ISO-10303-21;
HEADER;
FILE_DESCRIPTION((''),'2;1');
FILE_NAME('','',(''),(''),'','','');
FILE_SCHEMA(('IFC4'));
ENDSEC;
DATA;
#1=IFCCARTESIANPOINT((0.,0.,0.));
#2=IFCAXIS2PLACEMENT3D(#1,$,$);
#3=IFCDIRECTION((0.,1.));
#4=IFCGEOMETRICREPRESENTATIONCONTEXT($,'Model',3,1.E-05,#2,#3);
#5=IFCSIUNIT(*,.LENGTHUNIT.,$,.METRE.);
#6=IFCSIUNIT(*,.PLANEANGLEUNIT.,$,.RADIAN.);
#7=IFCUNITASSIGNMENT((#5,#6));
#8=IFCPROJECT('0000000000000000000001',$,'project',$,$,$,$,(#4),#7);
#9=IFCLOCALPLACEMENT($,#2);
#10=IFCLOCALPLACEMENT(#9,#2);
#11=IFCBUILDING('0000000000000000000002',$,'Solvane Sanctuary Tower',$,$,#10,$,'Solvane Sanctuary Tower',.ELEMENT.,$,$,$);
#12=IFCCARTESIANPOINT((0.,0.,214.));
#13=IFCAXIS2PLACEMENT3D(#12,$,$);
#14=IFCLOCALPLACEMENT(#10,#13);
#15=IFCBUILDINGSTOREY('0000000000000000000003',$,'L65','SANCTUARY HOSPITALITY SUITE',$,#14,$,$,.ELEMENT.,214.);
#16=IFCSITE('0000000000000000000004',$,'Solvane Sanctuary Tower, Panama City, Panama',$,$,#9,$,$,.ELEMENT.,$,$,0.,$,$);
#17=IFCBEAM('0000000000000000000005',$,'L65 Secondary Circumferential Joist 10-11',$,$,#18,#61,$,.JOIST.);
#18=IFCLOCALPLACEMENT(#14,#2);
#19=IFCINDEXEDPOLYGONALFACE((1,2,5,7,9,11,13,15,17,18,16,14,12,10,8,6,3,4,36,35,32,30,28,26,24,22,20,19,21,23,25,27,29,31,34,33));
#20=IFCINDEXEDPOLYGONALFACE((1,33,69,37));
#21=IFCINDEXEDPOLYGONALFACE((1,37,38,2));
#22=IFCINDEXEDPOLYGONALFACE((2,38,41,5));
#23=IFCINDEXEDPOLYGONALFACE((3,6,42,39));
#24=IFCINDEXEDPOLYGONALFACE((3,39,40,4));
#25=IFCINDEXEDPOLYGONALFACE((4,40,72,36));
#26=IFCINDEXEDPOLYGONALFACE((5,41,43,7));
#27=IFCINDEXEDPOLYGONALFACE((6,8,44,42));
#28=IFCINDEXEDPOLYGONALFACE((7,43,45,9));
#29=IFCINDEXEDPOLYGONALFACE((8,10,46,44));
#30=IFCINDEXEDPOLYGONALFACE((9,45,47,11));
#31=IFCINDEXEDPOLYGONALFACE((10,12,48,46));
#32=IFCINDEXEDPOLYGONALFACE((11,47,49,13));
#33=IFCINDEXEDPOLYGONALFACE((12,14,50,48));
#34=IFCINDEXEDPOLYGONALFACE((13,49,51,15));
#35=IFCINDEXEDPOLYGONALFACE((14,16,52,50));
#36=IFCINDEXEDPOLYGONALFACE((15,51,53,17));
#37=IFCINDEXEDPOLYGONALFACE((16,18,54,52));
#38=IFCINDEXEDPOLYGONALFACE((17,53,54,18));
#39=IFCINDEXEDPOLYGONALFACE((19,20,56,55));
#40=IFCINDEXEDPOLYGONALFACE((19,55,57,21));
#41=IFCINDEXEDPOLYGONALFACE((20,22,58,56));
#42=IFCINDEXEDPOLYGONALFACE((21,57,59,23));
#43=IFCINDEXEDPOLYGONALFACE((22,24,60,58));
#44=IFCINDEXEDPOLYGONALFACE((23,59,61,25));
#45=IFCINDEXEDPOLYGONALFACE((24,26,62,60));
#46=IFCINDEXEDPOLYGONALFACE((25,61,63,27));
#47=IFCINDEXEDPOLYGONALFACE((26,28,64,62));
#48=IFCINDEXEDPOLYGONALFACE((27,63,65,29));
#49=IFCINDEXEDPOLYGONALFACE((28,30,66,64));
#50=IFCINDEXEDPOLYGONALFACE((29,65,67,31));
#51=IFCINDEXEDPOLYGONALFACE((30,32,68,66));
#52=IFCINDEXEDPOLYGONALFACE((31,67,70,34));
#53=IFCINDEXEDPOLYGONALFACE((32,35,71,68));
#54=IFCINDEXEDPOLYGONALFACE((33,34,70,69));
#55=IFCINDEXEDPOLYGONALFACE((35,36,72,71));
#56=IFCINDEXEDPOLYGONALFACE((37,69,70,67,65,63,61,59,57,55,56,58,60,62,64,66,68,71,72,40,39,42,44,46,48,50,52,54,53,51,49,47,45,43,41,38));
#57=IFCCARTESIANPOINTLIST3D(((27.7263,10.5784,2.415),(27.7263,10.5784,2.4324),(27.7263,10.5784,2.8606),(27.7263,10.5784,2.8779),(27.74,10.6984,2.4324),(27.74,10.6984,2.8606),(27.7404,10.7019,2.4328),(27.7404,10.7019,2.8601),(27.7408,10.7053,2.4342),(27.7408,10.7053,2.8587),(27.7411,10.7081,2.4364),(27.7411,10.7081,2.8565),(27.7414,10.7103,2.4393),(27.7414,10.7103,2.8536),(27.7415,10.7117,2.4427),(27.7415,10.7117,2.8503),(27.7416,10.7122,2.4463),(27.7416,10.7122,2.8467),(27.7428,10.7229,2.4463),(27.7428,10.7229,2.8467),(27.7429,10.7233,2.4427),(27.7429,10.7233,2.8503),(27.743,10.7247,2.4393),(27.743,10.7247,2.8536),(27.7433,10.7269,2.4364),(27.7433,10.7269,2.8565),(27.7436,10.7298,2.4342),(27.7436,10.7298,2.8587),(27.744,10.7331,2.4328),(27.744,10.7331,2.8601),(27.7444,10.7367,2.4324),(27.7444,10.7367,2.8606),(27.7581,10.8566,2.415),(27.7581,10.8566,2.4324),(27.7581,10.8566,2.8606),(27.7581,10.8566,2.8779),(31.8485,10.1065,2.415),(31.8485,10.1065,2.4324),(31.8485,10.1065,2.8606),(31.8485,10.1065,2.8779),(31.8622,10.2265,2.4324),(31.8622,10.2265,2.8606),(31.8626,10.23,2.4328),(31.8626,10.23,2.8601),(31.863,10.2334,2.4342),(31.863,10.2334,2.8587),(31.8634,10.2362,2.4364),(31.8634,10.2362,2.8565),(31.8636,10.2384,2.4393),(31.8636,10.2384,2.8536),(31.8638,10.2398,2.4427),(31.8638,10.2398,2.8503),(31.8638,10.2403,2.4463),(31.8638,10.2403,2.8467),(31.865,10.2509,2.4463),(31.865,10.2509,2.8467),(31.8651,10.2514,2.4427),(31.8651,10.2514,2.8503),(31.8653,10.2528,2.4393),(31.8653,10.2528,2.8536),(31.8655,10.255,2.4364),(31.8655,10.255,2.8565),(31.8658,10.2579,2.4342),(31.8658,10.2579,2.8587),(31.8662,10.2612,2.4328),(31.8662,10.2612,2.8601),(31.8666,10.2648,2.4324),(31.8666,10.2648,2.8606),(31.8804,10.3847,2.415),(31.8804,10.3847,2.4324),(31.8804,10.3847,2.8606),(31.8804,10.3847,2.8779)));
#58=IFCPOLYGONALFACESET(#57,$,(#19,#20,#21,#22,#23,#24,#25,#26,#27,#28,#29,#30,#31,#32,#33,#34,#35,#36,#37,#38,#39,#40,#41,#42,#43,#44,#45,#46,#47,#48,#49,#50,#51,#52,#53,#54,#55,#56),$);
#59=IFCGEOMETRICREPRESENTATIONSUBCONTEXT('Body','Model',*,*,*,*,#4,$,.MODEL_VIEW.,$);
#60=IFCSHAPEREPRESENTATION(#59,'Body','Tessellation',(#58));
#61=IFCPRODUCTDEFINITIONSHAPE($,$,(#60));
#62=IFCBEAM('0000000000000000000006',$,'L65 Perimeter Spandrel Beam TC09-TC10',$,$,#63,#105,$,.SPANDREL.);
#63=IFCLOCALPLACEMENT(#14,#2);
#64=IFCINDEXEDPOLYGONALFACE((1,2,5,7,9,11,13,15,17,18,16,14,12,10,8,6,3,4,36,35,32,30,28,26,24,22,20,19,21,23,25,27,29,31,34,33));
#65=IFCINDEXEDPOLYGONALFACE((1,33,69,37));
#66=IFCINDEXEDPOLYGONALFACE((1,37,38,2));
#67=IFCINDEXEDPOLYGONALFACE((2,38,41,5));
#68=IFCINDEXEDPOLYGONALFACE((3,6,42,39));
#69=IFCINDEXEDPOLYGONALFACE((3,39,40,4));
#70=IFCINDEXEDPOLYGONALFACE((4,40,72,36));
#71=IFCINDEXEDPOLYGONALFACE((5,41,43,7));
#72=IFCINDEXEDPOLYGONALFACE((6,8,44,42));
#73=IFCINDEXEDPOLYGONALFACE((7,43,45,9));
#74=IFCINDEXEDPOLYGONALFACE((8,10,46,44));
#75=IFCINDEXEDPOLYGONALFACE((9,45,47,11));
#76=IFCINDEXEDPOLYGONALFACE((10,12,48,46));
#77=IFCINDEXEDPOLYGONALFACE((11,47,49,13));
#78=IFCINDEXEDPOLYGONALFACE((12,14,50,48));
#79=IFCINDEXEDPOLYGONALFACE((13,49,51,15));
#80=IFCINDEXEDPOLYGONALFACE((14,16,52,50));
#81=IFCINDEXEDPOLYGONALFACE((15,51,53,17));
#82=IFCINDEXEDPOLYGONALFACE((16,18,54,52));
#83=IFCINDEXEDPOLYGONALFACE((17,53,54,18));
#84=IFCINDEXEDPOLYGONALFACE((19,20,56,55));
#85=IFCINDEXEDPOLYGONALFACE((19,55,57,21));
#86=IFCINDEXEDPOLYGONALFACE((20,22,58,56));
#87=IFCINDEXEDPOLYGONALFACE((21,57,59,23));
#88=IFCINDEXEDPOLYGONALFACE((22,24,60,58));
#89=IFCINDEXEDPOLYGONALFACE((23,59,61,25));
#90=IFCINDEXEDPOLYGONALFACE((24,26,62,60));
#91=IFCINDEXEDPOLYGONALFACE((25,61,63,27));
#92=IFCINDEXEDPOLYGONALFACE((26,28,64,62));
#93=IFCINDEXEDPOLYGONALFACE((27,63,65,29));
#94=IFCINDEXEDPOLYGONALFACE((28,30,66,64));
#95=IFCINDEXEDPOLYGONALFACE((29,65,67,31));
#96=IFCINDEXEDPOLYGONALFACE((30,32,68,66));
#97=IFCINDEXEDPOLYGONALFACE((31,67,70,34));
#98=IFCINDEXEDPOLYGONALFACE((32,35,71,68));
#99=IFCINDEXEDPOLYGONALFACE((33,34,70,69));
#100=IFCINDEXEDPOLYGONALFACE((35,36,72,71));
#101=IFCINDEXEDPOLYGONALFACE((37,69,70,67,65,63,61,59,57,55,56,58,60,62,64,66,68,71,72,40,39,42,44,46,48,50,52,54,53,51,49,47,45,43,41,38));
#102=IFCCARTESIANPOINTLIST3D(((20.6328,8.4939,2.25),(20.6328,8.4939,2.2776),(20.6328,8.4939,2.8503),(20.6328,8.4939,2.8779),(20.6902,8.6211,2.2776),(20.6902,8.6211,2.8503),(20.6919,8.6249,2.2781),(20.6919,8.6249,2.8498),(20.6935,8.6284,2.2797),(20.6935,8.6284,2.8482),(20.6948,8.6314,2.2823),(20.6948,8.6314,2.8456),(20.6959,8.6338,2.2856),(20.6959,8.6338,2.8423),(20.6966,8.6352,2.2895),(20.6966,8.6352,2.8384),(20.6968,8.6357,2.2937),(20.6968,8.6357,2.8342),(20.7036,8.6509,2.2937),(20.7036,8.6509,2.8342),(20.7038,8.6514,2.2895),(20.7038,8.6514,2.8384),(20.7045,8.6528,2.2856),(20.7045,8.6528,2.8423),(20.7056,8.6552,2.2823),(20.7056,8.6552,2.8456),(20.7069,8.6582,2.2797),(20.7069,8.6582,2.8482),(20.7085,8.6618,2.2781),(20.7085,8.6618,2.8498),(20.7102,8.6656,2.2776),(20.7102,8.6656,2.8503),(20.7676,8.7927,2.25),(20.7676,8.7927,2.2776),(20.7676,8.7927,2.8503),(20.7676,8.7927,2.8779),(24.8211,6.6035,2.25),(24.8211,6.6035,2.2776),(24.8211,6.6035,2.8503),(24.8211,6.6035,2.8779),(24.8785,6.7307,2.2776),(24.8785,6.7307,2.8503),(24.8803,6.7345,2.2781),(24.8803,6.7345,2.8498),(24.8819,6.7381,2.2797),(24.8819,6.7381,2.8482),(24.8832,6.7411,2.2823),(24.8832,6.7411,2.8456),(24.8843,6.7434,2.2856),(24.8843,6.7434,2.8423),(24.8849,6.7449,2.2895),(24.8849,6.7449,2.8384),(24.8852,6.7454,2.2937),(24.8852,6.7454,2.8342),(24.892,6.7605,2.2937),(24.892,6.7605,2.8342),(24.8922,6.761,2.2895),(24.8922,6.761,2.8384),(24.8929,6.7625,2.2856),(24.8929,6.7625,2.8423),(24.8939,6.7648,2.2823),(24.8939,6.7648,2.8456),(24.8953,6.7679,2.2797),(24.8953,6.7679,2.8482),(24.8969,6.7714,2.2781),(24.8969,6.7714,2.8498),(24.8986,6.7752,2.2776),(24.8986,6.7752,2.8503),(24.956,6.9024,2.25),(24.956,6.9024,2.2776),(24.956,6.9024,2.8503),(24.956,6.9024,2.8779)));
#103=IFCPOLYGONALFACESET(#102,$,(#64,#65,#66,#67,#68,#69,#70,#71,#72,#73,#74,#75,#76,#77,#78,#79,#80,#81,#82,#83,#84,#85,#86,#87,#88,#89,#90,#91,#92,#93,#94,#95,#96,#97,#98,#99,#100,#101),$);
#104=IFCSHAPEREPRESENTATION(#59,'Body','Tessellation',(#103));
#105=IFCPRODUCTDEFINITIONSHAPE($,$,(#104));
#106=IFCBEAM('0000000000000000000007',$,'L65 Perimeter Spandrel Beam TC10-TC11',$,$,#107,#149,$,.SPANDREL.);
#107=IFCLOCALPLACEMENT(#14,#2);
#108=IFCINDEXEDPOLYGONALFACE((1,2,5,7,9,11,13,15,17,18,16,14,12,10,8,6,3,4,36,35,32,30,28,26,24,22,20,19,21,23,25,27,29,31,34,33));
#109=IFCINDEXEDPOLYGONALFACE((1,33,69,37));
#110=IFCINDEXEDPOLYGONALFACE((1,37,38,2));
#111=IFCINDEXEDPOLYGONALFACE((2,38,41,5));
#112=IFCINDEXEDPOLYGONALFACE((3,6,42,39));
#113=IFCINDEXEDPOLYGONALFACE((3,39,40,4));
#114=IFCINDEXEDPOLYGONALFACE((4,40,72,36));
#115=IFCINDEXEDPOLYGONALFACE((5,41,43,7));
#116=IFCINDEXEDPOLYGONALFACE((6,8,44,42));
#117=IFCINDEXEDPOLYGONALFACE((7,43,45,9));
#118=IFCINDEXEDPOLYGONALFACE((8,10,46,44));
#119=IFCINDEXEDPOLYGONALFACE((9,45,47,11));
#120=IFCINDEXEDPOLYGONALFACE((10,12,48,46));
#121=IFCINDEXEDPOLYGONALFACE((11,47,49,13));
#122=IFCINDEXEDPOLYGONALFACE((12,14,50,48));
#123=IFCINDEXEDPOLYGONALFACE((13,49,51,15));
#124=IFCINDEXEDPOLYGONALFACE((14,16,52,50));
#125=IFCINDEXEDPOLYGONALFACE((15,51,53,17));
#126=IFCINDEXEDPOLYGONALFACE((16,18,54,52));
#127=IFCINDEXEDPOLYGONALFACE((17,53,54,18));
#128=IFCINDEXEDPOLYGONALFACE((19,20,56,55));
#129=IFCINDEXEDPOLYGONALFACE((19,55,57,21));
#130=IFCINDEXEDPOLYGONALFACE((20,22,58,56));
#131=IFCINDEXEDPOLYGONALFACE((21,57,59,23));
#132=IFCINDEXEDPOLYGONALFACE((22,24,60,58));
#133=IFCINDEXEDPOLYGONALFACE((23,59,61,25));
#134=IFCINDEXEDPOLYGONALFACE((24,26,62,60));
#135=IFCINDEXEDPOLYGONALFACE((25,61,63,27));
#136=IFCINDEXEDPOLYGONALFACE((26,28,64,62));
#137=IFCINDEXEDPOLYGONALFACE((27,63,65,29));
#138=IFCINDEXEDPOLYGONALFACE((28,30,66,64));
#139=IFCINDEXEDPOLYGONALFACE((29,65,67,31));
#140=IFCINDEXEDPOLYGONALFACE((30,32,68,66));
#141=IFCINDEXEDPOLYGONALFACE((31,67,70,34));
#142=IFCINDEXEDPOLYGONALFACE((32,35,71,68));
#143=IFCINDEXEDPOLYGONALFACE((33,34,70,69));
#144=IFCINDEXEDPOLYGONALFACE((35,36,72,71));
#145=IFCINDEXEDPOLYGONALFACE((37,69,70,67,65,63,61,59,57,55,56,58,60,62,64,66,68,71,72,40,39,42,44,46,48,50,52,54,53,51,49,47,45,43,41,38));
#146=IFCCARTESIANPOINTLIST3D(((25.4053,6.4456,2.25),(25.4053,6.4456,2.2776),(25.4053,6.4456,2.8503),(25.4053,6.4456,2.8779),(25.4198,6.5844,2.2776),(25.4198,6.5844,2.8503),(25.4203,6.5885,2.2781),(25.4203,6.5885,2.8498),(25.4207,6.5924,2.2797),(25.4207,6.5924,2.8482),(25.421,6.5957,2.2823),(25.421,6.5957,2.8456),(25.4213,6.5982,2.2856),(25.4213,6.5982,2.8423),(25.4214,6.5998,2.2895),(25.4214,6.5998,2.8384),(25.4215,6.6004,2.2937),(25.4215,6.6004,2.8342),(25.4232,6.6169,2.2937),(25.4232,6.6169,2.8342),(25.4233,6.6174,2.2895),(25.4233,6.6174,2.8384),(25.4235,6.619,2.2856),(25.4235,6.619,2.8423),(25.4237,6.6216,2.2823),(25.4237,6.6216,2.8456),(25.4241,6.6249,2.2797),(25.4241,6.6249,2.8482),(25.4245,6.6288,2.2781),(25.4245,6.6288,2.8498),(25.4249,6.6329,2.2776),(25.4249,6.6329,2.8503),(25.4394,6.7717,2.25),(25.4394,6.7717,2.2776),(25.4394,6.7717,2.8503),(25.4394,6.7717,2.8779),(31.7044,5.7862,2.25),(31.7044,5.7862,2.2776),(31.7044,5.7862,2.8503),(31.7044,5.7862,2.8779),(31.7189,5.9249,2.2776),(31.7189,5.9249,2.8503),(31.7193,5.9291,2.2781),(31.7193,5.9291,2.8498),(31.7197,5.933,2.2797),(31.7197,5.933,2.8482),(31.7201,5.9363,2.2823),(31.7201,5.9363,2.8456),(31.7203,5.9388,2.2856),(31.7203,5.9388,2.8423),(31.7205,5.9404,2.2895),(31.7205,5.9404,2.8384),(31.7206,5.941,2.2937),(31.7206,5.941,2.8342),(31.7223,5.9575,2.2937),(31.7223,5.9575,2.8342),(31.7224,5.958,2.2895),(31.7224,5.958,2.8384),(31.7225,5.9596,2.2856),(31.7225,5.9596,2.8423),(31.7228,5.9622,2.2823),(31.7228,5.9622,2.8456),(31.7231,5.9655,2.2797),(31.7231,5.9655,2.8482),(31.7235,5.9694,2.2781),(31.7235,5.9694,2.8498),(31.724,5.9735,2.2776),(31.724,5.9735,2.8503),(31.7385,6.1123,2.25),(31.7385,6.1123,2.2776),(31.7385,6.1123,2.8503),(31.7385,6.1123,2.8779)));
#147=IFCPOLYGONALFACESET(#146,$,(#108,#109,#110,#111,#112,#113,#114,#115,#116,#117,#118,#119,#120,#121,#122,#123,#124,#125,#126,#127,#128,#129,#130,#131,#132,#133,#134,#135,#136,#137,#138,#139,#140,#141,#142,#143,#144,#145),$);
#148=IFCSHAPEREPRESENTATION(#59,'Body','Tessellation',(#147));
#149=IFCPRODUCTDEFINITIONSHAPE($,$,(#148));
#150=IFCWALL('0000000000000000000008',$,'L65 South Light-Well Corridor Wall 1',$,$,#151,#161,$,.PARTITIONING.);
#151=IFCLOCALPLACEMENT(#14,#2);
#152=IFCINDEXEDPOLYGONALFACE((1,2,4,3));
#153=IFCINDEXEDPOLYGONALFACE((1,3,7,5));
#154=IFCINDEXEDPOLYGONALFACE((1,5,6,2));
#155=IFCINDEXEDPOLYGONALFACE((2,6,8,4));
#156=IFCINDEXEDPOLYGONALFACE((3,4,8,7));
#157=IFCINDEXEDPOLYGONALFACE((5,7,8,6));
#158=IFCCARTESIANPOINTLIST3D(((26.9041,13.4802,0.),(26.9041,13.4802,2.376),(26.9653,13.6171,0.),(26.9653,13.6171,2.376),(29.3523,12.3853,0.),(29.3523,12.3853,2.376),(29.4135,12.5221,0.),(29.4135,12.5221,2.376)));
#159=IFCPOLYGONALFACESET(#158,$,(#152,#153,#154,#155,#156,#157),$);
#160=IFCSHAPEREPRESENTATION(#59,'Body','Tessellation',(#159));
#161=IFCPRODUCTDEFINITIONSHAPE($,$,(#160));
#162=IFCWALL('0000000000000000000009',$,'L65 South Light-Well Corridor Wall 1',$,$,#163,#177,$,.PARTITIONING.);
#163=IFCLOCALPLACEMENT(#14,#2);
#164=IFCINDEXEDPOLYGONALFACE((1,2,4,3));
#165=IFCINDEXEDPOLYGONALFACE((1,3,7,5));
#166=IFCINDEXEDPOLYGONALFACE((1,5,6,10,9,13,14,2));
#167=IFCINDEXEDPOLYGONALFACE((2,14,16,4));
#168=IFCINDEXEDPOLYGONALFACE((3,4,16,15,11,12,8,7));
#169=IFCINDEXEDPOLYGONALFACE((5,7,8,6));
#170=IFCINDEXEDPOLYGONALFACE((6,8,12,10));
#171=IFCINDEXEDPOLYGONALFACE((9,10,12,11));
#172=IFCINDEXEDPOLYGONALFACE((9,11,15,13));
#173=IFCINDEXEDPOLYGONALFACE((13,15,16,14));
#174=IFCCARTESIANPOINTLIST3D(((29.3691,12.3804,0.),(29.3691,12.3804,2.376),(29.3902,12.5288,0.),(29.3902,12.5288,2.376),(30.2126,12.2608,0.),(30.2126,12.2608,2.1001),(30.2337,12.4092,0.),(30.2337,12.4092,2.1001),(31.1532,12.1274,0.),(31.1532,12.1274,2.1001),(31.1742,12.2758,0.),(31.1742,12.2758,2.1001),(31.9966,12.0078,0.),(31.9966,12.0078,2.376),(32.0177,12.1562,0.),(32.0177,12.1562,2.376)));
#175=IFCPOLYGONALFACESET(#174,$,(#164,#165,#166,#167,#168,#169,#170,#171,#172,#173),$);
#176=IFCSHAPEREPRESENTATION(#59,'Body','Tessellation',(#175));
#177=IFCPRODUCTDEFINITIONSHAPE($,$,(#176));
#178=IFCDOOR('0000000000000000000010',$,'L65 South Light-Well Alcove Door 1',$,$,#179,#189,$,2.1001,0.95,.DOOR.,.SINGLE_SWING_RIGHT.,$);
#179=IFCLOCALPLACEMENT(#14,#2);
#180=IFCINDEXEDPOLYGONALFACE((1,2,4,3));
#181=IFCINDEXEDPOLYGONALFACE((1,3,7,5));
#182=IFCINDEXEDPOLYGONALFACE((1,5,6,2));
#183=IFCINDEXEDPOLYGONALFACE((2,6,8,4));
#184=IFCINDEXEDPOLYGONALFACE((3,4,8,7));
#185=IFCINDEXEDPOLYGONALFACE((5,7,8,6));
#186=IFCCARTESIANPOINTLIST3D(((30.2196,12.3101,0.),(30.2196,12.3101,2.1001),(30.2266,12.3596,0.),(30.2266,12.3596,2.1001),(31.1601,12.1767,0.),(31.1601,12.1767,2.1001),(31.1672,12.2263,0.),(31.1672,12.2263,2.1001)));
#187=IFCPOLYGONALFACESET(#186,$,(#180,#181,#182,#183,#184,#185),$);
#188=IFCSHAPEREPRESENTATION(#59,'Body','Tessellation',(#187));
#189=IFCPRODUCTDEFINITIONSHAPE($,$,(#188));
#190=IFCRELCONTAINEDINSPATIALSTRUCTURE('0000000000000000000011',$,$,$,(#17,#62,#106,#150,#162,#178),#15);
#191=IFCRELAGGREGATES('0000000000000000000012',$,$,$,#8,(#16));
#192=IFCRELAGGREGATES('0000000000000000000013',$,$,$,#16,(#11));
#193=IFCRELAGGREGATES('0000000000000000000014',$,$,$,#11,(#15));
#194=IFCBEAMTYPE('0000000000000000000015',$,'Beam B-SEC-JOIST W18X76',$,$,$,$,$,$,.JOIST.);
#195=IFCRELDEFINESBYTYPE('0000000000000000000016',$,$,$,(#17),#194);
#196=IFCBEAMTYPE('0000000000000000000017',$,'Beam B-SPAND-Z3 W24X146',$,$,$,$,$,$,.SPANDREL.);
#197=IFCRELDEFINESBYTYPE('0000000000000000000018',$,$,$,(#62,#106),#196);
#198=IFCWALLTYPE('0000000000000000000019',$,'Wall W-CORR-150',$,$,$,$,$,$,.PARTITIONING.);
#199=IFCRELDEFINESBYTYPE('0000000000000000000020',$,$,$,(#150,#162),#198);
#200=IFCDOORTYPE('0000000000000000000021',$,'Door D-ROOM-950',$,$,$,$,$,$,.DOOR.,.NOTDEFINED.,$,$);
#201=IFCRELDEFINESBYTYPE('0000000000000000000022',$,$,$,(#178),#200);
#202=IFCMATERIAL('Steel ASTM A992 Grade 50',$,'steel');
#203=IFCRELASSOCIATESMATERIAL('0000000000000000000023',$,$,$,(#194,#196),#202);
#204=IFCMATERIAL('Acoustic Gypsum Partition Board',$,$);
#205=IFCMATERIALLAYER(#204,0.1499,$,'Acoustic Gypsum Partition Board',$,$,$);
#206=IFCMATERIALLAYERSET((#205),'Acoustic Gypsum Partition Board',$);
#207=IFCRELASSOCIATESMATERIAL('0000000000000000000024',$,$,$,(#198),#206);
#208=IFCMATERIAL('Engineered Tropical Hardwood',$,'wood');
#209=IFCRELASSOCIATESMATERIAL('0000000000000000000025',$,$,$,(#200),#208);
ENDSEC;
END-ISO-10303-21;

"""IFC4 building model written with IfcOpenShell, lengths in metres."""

from ifc_helpers import new_model, si_unit, direction, frame, frame_2d, origin, origin_2d, place, context, subcontext, project, spatial, rectangle, i_section, extrude, material, layer, layer_set, material_profile, profile_set, type_object, element, fill, save


model = new_model("IFC4")

# Units and contexts
model_context = context("Model", 3, precision=1e-05, world=origin(), true_north=direction((0.0, 1.0)))
body_context = subcontext(model_context, "Body", "Model", "MODEL_VIEW")
ifc_project = project(units=[si_unit("LENGTHUNIT", "METRE"), si_unit("PLANEANGLEUNIT", "RADIAN")], contexts=[model_context])

# Site, building, storey
site_placement = place(None, origin())
site = spatial("IfcSite", under=ifc_project, at=site_placement, Name="Solvane Sanctuary Tower, Panama City, Panama", CompositionType="ELEMENT", RefElevation=0.0)
building_placement = place(site_placement, origin())
building = spatial("IfcBuilding", under=site, at=building_placement, Name="Solvane Sanctuary Tower", LongName="Solvane Sanctuary Tower", CompositionType="ELEMENT")
storey_placement = place(building_placement, frame((0.0, 0.0, 214.0)))
storey = spatial("IfcBuildingStorey", under=building, at=storey_placement, Name="L65", Description="SANCTUARY HOSPITALITY SUITE", CompositionType="ELEMENT", Elevation=214.0)

# Beams
ifc_material_1 = material(Name="Steel ASTM A992 Grade 50", Category="steel")
ifc_material_profile_1 = material_profile(ifc_material_1, i_section(OverallWidth=0.28, OverallDepth=0.4629, WebThickness=0.0107, FlangeThickness=0.0173, FilletRadius=0.0139, at=origin_2d()), Name="W18X76")
ifc_profile_set_1 = profile_set([ifc_material_profile_1], Name="Steel ASTM A992 Grade 50")
beam_type_1 = type_object("IfcBeamType", Name="Beam B-SEC-JOIST W18X76", PredefinedType="JOIST", material=ifc_profile_set_1)
beam_1_placement = place(storey_placement, frame((27.7422, 10.7175, 2.6465), z_axis=(0.993511, -0.113737, 0.0), x_axis=(0.113737, 0.993511, 0.0)))
element("IfcBeam", 1, at=beam_1_placement, inside=storey, type_object=beam_type_1, Name="L65 Secondary Circumferential Joist 10-11", PredefinedType="JOIST", context=body_context, shape_type="SweptSolid", body=[
    extrude(i_section(OverallWidth=0.28, OverallDepth=0.4629, WebThickness=0.0107, FlangeThickness=0.0173, FilletRadius=0.0139, at=origin_2d()), origin(), (0.0, 0.0, 1.0), 4.1492),
])
ifc_material_profile_2 = material_profile(ifc_material_1, i_section(OverallWidth=0.3279, OverallDepth=0.6279, WebThickness=0.0166, FlangeThickness=0.0276, FilletRadius=0.0161, at=origin_2d()), Name="W24X146")
ifc_profile_set_2 = profile_set([ifc_material_profile_2], Name="Steel ASTM A992 Grade 50")
beam_type_2 = type_object("IfcBeamType", Name="Beam B-SPAND-Z3 W24X146", PredefinedType="SPANDREL", material=ifc_profile_set_2)
beam_2_placement = place(storey_placement, frame((20.7002, 8.6433, 2.564), z_axis=(0.911468, -0.411372, 0.0), x_axis=(0.411372, 0.911468, 0.0)))
element("IfcBeam", 2, at=beam_2_placement, inside=storey, type_object=beam_type_2, Name="L65 Perimeter Spandrel Beam TC09-TC10", PredefinedType="SPANDREL", context=body_context, shape_type="SweptSolid", body=[
    extrude(i_section(OverallWidth=0.3279, OverallDepth=0.6279, WebThickness=0.0166, FlangeThickness=0.0276, FilletRadius=0.0161, at=origin_2d()), origin(), (0.0, 0.0, 1.0), 4.5952),
])
beam_3_placement = place(storey_placement, frame((25.4224, 6.6086, 2.564), z_axis=(0.994565, -0.104117, 0.0), x_axis=(0.104117, 0.994565, 0.0)))
element("IfcBeam", 3, at=beam_3_placement, inside=storey, type_object=beam_type_2, Name="L65 Perimeter Spandrel Beam TC10-TC11", PredefinedType="SPANDREL", context=body_context, shape_type="SweptSolid", body=[
    extrude(i_section(OverallWidth=0.3279, OverallDepth=0.6279, WebThickness=0.0166, FlangeThickness=0.0276, FilletRadius=0.0161, at=origin_2d()), origin(), (0.0, 0.0, 1.0), 6.3335),
])

# Wall
ifc_material_2 = material(Name="Acoustic Gypsum Partition Board")
ifc_layer_1 = layer(ifc_material_2, 0.1499, Name="Acoustic Gypsum Partition Board")
ifc_layer_set_1 = layer_set([ifc_layer_1], Name="Acoustic Gypsum Partition Board")
wall_type_1 = type_object("IfcWallType", Name="Wall W-CORR-150", PredefinedType="PARTITIONING", material=ifc_layer_set_1)
wall_1_placement = place(storey_placement, frame((26.9348, 13.5486, 0.0), z_axis=(0.0, 0.0, 1.0), x_axis=(0.912859, -0.408274, 0.0)))
element("IfcWall", 4, at=wall_1_placement, inside=storey, type_object=wall_type_1, Name="L65 South Light-Well Corridor Wall 1", PredefinedType="PARTITIONING", context=body_context, shape_type="SweptSolid", body=[
    extrude(rectangle(XDim=2.6819, YDim=0.1499, at=frame_2d((1.3408, 0.0))), origin(), (0.0, 0.0, 1.0), 2.376),
])

# Wall, opening, door
wall_2_placement = place(storey_placement, frame((29.3796, 12.4546, 0.0), z_axis=(0.0, 0.0, 1.0), x_axis=(0.990096, -0.140391, 0.0)))
wall_2 = element("IfcWall", 5, at=wall_2_placement, inside=storey, type_object=wall_type_1, Name="L65 South Light-Well Corridor Wall 1", PredefinedType="PARTITIONING", context=body_context, shape_type="SweptSolid", body=[
    extrude(rectangle(XDim=2.6538, YDim=0.1499, at=frame_2d((1.3269, 0.0))), origin(), (0.0, 0.0, 1.0), 2.376),
])
opening_1_placement = place(wall_2_placement, frame((0.8518, 0.0, 0.0)))
opening_1 = element("IfcOpeningElement", 6, at=opening_1_placement, cuts=wall_2, PredefinedType="OPENING", context=body_context, shape_type="SweptSolid", body=[
    extrude(rectangle(XDim=0.95, YDim=2.1001, at=frame_2d((0.4751, 1.05))), frame((0.0, 0.085, 0.0), z_axis=(0.0, -1.0, 0.0), x_axis=(1.0, 0.0, 0.0)), (0.0, 0.0, 1.0), 0.1699),
])
ifc_material_3 = material(Name="Engineered Tropical Hardwood", Category="wood")
door_type_1 = type_object("IfcDoorType", Name="Door D-ROOM-950", OperationType="NOTDEFINED", PredefinedType="DOOR", material=ifc_material_3)
door_1_placement = place(opening_1_placement, origin())
door_1 = element("IfcDoor", 7, at=door_1_placement, inside=storey, type_object=door_type_1, Name="L65 South Light-Well Alcove Door 1", OperationType="SINGLE_SWING_RIGHT", OverallHeight=2.1001, OverallWidth=0.95, PredefinedType="DOOR", context=body_context, shape_type="SweptSolid", body=[
    extrude(rectangle(XDim=0.95, YDim=2.1001, at=frame_2d((0.4751, 1.05))), frame((0.0, 0.0249, 0.0), z_axis=(0.0, -1.0, 0.0), x_axis=(1.0, 0.0, 0.0)), (0.0, 0.0, 1.0), 0.05),
])
fill(opening_1, door_1)

save(model, "model.ifc")
